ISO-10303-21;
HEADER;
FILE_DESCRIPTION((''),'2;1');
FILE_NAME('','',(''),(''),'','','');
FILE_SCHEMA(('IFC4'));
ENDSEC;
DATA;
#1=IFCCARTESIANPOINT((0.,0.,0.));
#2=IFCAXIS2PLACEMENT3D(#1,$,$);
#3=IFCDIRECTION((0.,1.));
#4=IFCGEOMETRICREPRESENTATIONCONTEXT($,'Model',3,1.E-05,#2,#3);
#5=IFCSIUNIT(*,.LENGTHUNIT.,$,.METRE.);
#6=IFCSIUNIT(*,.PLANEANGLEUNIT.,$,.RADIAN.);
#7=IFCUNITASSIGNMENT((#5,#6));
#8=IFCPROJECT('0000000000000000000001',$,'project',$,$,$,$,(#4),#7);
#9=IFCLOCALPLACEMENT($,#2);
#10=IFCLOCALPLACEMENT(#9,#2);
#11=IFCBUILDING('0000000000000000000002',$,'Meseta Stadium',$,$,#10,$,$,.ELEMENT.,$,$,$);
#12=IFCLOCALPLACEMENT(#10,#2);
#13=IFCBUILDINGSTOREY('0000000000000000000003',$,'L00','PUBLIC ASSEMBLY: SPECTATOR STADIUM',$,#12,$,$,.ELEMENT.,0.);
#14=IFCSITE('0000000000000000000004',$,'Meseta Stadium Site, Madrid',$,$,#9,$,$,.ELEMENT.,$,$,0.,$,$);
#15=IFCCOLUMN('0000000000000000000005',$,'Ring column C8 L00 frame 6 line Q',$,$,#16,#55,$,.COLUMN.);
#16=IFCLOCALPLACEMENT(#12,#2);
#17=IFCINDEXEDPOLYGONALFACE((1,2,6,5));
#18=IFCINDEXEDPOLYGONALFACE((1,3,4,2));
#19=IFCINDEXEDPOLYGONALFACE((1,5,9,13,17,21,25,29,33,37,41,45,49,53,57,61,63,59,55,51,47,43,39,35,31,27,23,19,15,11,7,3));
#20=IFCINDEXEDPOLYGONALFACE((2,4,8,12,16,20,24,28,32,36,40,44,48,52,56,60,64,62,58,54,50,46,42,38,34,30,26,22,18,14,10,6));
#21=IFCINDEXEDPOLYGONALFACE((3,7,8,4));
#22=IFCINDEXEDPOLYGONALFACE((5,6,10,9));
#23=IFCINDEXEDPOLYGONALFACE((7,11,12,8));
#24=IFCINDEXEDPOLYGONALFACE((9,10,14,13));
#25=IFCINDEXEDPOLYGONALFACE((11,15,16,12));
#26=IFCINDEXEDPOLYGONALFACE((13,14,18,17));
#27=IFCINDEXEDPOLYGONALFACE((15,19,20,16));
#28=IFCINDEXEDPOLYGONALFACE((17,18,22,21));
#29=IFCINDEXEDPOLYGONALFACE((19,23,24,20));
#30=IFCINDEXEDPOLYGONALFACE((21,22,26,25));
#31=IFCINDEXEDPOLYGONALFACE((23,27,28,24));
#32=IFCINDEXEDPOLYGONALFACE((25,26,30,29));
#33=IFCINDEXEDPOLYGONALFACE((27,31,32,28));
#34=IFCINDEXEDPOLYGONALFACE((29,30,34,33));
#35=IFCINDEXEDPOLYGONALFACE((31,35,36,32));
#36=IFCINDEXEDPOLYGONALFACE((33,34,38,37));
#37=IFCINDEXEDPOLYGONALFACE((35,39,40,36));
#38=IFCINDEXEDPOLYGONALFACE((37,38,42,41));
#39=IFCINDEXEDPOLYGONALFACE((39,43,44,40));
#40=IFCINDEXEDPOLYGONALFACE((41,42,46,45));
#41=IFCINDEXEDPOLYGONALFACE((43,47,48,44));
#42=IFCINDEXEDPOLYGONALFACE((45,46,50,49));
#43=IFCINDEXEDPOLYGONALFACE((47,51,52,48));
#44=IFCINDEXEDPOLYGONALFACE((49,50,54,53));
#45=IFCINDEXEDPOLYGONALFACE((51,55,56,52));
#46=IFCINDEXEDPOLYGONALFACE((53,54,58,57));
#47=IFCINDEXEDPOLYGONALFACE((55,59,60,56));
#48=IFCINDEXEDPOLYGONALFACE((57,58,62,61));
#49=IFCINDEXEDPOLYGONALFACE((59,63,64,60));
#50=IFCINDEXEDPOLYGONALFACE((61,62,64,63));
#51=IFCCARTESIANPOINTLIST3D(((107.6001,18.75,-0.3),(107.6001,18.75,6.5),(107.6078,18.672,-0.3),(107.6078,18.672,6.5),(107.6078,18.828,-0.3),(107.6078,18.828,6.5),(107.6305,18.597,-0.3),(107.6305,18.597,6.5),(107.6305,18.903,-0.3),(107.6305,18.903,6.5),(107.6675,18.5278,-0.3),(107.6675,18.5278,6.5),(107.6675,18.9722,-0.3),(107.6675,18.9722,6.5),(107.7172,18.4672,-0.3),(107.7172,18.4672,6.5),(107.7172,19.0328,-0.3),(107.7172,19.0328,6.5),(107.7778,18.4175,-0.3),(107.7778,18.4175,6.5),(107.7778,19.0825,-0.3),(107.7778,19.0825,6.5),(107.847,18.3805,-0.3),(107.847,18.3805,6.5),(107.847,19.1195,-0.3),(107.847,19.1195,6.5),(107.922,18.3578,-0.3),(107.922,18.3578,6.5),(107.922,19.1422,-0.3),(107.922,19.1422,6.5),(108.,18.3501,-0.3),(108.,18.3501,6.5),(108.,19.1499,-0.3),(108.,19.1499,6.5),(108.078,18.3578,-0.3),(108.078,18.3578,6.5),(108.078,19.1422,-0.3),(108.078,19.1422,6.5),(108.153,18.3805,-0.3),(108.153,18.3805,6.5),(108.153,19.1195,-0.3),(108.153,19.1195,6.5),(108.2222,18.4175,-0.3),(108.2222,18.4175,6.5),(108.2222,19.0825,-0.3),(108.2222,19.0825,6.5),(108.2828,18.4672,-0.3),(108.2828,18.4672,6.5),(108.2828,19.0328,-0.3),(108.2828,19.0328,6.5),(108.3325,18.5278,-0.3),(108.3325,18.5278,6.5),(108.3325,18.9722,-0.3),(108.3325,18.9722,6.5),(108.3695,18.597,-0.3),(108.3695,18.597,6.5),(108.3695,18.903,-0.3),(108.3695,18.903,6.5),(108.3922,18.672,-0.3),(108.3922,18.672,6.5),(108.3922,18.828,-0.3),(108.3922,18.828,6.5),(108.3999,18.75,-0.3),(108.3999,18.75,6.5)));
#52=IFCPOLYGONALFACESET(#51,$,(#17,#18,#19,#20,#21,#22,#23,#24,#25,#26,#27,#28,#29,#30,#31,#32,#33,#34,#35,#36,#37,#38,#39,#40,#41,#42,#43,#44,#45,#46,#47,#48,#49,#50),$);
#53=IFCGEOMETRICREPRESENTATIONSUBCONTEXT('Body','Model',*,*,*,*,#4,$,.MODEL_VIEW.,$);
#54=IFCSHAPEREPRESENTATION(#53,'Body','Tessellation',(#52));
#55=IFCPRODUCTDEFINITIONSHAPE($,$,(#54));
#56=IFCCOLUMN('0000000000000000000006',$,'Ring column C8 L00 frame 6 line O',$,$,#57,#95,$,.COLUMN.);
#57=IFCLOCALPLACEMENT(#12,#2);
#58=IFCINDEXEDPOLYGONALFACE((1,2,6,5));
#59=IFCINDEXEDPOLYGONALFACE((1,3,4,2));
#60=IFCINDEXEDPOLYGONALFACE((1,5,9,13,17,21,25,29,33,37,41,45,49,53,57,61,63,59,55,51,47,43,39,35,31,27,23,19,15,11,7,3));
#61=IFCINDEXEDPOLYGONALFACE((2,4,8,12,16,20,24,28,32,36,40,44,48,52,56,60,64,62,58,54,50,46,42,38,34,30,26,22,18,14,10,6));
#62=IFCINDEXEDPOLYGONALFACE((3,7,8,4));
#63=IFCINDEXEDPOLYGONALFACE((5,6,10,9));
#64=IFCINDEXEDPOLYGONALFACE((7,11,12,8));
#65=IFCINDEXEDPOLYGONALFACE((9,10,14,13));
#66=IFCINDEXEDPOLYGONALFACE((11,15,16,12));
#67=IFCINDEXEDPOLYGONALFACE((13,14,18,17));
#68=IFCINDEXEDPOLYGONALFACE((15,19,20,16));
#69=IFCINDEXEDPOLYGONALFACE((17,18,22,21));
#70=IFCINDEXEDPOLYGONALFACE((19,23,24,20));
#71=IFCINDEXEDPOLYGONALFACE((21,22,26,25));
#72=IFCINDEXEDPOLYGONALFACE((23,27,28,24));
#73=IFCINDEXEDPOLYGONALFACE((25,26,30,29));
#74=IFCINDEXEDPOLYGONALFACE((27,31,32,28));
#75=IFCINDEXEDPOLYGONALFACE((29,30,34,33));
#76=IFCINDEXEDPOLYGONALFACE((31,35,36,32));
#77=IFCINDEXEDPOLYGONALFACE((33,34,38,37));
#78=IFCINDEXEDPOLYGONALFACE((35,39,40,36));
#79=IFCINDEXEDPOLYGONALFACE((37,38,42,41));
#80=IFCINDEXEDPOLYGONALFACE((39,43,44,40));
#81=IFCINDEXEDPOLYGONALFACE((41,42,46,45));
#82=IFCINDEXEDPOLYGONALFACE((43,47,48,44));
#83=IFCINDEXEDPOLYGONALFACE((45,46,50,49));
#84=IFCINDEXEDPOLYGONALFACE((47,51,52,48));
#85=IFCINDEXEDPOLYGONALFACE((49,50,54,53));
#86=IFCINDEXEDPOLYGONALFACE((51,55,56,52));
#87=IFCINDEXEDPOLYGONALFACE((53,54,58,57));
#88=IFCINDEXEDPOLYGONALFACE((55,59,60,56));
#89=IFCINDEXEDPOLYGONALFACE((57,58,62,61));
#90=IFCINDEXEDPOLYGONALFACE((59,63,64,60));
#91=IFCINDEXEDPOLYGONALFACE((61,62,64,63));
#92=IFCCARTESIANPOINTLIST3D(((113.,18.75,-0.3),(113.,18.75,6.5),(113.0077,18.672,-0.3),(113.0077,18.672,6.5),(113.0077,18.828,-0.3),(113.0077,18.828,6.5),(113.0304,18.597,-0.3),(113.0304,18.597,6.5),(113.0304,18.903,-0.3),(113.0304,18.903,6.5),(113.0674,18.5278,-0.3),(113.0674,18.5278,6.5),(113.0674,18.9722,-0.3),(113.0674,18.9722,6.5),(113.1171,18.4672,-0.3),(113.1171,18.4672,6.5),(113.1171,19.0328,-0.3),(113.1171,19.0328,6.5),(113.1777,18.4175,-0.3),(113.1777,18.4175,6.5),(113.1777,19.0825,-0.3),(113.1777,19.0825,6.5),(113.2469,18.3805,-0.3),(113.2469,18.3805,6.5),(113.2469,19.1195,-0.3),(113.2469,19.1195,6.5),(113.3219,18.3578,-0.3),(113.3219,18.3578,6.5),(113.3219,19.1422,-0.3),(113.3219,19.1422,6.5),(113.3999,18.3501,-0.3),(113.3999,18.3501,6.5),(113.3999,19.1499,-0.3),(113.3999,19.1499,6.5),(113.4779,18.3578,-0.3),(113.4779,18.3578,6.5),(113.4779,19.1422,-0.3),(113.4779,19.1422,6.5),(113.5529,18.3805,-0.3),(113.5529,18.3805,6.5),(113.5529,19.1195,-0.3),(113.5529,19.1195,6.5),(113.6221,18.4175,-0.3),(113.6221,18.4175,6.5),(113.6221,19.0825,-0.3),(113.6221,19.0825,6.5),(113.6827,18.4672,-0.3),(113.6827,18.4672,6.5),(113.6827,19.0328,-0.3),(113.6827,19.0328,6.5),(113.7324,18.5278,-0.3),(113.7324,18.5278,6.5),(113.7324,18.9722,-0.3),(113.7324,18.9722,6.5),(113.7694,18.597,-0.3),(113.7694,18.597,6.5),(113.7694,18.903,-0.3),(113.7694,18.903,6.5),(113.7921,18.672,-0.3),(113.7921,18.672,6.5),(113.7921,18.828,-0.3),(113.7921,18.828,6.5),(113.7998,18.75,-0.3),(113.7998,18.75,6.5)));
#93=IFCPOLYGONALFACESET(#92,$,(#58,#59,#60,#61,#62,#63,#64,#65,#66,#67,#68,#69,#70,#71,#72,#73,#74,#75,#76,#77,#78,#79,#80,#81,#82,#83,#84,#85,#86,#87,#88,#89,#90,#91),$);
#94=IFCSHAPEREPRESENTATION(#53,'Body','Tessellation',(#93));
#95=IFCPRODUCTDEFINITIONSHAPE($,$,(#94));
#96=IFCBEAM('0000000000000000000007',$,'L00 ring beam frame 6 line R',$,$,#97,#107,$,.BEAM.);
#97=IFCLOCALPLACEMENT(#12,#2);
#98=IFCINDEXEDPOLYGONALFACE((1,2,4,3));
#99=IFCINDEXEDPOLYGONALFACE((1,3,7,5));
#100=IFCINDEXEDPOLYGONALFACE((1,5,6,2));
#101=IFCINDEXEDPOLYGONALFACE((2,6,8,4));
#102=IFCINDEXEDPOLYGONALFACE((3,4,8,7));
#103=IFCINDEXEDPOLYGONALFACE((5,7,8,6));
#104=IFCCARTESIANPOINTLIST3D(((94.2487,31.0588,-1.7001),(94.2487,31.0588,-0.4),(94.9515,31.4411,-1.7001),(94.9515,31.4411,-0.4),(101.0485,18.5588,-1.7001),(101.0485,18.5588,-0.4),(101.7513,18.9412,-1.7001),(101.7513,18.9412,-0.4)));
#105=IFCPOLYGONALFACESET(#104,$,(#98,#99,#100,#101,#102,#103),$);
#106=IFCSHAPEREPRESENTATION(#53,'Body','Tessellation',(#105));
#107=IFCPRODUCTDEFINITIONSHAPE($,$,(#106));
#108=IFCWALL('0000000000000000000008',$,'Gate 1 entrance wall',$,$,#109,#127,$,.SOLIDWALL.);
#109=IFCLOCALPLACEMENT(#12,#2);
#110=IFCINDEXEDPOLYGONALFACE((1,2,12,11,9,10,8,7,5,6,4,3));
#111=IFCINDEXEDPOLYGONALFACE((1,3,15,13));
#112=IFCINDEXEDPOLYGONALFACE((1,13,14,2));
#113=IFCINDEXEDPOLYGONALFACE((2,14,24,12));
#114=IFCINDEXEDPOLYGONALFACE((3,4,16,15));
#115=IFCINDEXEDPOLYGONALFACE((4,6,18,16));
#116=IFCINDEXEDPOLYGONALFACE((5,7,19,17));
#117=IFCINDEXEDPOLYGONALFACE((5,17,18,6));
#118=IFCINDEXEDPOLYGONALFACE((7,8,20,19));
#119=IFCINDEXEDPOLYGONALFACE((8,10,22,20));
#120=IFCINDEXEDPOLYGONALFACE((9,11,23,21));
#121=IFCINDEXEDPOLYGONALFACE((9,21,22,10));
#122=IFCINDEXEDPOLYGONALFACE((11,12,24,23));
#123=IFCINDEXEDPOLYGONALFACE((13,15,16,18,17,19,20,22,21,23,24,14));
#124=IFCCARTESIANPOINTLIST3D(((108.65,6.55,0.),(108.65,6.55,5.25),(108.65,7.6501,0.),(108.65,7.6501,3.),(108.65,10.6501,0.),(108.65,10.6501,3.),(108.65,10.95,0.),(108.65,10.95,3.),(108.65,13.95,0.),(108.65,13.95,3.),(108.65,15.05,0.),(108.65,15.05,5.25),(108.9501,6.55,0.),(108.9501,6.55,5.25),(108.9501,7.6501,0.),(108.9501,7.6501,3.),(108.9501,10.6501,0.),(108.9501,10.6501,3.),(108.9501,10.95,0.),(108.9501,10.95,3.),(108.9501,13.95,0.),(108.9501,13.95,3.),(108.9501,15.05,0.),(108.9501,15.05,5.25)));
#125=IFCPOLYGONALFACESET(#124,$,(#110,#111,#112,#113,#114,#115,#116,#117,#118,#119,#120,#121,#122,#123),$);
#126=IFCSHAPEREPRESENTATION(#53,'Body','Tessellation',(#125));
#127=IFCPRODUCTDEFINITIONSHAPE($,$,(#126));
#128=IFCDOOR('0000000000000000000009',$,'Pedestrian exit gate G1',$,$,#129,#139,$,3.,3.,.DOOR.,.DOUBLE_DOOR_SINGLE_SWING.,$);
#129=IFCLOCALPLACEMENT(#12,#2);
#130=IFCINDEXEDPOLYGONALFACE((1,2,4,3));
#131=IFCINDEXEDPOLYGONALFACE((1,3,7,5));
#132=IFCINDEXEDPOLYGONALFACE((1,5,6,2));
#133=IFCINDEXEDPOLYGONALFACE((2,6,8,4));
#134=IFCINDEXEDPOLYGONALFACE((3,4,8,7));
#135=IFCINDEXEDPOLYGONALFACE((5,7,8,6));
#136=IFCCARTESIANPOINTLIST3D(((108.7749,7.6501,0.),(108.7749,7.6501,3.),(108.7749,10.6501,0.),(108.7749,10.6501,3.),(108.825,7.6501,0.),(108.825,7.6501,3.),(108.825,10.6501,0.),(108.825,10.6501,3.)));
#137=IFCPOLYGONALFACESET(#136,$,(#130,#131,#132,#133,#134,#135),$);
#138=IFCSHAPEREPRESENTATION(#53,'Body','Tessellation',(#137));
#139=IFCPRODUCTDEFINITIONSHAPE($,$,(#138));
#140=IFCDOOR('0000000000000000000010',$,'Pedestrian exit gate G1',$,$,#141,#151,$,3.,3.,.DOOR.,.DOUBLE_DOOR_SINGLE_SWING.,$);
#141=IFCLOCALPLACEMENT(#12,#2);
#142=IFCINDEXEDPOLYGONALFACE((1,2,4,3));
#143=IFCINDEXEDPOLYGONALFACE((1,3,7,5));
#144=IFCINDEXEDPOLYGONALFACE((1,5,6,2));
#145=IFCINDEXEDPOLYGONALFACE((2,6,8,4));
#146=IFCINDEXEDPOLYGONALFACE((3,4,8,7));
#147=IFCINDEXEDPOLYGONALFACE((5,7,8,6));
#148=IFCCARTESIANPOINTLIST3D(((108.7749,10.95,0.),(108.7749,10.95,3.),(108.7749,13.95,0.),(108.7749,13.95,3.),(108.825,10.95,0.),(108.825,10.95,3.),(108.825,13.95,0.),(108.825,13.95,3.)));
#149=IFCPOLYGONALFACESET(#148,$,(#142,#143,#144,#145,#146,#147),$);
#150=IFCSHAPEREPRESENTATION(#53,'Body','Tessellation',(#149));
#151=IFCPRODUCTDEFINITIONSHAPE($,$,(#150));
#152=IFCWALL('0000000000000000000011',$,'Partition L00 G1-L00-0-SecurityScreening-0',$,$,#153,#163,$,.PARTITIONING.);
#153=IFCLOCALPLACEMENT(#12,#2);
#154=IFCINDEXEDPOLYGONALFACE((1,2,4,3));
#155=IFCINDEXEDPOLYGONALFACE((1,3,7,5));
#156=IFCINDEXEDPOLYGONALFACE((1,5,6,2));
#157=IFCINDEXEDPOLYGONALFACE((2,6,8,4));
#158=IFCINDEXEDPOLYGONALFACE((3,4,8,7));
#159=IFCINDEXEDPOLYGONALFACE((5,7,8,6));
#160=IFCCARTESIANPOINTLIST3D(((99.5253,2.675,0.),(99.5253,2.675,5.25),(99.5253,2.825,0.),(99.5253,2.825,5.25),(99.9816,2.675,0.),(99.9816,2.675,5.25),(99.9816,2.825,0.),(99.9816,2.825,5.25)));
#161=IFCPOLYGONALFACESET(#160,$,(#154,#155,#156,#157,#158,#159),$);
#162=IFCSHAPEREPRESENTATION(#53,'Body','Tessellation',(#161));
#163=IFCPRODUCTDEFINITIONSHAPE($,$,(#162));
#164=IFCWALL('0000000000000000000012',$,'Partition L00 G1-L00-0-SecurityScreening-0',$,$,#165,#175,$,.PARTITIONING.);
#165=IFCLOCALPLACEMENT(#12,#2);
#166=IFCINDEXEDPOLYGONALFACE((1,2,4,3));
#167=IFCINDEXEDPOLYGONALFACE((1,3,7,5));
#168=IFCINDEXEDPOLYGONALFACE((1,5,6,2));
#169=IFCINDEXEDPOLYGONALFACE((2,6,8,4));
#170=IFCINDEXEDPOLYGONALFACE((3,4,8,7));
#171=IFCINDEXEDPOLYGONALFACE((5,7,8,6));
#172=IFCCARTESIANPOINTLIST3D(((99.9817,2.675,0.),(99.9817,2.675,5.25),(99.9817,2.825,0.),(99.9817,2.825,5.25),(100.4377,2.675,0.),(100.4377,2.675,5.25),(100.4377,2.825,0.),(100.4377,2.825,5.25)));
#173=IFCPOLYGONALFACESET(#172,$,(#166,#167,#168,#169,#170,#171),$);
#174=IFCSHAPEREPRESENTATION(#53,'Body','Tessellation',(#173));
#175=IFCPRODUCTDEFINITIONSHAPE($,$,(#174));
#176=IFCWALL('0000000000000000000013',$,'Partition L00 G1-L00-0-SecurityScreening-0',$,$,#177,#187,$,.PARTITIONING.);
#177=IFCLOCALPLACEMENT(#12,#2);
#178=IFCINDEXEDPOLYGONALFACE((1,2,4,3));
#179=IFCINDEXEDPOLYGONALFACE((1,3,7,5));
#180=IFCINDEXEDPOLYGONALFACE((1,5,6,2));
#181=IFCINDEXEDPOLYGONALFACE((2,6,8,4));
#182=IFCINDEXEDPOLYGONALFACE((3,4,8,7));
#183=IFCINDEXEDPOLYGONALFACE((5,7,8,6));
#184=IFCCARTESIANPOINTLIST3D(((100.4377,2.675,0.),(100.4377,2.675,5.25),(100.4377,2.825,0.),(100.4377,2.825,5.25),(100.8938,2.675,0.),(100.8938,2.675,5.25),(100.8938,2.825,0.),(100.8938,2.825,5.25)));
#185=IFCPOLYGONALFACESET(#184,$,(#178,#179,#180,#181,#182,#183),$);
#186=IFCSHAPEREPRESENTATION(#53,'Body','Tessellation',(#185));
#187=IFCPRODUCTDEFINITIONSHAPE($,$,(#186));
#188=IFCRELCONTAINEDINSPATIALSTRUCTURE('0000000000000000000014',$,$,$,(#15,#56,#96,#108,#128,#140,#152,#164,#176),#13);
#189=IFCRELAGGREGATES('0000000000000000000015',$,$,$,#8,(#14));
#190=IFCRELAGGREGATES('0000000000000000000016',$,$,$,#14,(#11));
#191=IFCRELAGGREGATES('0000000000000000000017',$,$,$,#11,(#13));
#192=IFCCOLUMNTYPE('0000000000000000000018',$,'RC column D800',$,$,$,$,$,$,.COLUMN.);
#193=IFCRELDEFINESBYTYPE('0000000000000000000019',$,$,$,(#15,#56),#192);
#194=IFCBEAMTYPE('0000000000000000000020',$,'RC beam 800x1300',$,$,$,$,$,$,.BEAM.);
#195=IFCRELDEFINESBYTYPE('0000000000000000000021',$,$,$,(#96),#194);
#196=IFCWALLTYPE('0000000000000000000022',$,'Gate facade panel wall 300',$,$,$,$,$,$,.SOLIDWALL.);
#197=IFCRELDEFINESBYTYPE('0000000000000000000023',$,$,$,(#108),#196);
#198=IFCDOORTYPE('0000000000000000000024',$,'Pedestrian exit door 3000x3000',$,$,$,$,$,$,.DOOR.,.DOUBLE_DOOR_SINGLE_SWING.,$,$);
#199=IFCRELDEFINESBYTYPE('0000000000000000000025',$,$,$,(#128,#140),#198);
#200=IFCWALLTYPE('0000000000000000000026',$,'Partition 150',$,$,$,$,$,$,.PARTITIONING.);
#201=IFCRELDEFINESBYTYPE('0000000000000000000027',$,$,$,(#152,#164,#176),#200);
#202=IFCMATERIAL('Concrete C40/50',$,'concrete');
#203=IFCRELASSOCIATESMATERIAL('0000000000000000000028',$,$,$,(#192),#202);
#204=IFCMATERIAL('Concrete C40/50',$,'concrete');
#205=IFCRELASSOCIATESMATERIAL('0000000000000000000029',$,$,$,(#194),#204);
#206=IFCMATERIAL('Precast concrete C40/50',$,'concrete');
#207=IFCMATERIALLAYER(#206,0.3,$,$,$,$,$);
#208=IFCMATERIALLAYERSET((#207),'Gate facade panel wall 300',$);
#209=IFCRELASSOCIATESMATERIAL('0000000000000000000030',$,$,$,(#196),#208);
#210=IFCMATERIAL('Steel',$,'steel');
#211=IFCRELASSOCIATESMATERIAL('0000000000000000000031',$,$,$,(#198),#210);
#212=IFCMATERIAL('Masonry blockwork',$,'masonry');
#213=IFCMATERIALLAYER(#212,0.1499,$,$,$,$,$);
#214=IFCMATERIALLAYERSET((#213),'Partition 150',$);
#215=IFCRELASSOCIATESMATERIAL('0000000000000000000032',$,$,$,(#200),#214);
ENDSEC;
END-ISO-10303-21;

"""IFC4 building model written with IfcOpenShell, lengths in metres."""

from ifc_helpers import new_model, si_unit, direction, frame, frame_2d, origin, origin_2d, place, context, subcontext, project, spatial, rectangle, circle, extrude, material, layer, layer_set, material_profile, profile_set, type_object, element, fill, save


model = new_model("IFC4")

# Units and contexts
model_context = context("Model", 3, precision=1e-05, world=origin(), true_north=direction((0.0, 1.0)))
body_context = subcontext(model_context, "Body", "Model", "MODEL_VIEW")
ifc_project = project(units=[si_unit("LENGTHUNIT", "METRE"), si_unit("PLANEANGLEUNIT", "RADIAN")], contexts=[model_context])

# Site, building, storey
site_placement = place(None, origin())
site = spatial("IfcSite", under=ifc_project, at=site_placement, Name="Meseta Stadium Site, Madrid", CompositionType="ELEMENT", RefElevation=0.0)
building_placement = place(site_placement, origin())
building = spatial("IfcBuilding", under=site, at=building_placement, Name="Meseta Stadium", CompositionType="ELEMENT")
storey_placement = place(building_placement, origin())
storey = spatial("IfcBuildingStorey", under=building, at=storey_placement, Name="L00", Description="PUBLIC ASSEMBLY: SPECTATOR STADIUM", CompositionType="ELEMENT", Elevation=0.0)

# Columns
ifc_material_1 = material(Name="Concrete C40/50", Category="concrete")
ifc_material_profile_1 = material_profile(ifc_material_1, circle(Radius=0.3999, at=origin_2d()), Name="RC D800")
ifc_profile_set_1 = profile_set([ifc_material_profile_1], Name="Concrete C40/50")
column_type_1 = type_object("IfcColumnType", Name="RC column D800", PredefinedType="COLUMN", material=ifc_profile_set_1)
for number, where, z_axis, x_axis, name in (
    (1, (108.0, 18.75, -0.3), (0.0, 0.0, 1.0), (1.0, 0.0, 0.0), "Ring column C8 L00 frame 6 line Q"),
    (2, (113.3999, 18.75, -0.3), (0.0, 0.0, 1.0), (1.0, 0.0, 0.0), "Ring column C8 L00 frame 6 line O"),
):
    element("IfcColumn", number, at=place(storey_placement, frame(where, z_axis=z_axis, x_axis=x_axis)), inside=storey, type_object=column_type_1, Name=name, PredefinedType="COLUMN", context=body_context, shape_type="SweptSolid", body=[
        extrude(circle(Radius=0.3999, at=origin_2d()), origin(), (0.0, 0.0, 1.0), 6.8),
    ])

# Beam
ifc_material_2 = material(Name="Concrete C40/50", Category="concrete")
ifc_material_profile_2 = material_profile(ifc_material_2, rectangle(XDim=0.8, YDim=1.3, at=origin_2d()), Name="RC 800x1300")
ifc_profile_set_2 = profile_set([ifc_material_profile_2], Name="Concrete C40/50")
beam_type = type_object("IfcBeamType", Name="RC beam 800x1300", PredefinedType="BEAM", material=ifc_profile_set_2)
beam_placement = place(storey_placement, frame((101.3999, 18.75, -1.05), z_axis=(-0.477856, 0.878438, 0.0), x_axis=(-0.878438, -0.477856, 0.0)))
element("IfcBeam", 3, at=beam_placement, inside=storey, type_object=beam_type, Name="L00 ring beam frame 6 line R", PredefinedType="BEAM", context=body_context, shape_type="SweptSolid", body=[
    extrude(rectangle(XDim=0.8, YDim=1.3, at=origin_2d()), origin(), (0.0, 0.0, 1.0), 14.2297),
])

# Shared definitions
ifc_material_3 = material(Name="Precast concrete C40/50", Category="concrete")
ifc_layer_1 = layer(ifc_material_3, 0.3)
ifc_layer_set_1 = layer_set([ifc_layer_1], Name="Gate facade panel wall 300")
wall_type_1 = type_object("IfcWallType", Name="Gate facade panel wall 300", PredefinedType="SOLIDWALL", material=ifc_layer_set_1)

# Wall, openings, doors
wall_1_placement = place(storey_placement, frame((108.8, 15.05, 0.0), z_axis=(0.0, 0.0, 1.0), x_axis=(0.0, -1.0, 0.0)))
wall_1 = element("IfcWall", 4, at=wall_1_placement, inside=storey, type_object=wall_type_1, Name="Gate 1 entrance wall", PredefinedType="SOLIDWALL", context=body_context, shape_type="SweptSolid", body=[
    extrude(rectangle(XDim=8.5, YDim=0.3, at=frame_2d((4.25, 0.0))), origin(), (0.0, 0.0, 1.0), 5.25),
])
opening_1_placement = place(wall_1_placement, frame((4.3999, 0.0, 0.0)))
opening_1 = element("IfcOpeningElement", 5, at=opening_1_placement, cuts=wall_1, PredefinedType="OPENING", context=body_context, shape_type="SweptSolid", body=[
    extrude(rectangle(XDim=3.0, YDim=3.0, at=frame_2d((1.5, 1.5))), frame((0.0, 0.1599, 0.0), z_axis=(0.0, -1.0, 0.0), x_axis=(1.0, 0.0, 0.0)), (0.0, 0.0, 1.0), 0.3201),
])
opening_2_placement = place(wall_1_placement, frame((1.1001, 0.0, 0.0)))
opening_2 = element("IfcOpeningElement", 6, at=opening_2_placement, cuts=wall_1, PredefinedType="OPENING", context=body_context, shape_type="SweptSolid", body=[
    extrude(rectangle(XDim=3.0, YDim=3.0, at=frame_2d((1.5, 1.5))), frame((0.0, 0.1599, 0.0), z_axis=(0.0, -1.0, 0.0), x_axis=(1.0, 0.0, 0.0)), (0.0, 0.0, 1.0), 0.3201),
])
ifc_material_4 = material(Name="Steel", Category="steel")
door_type_1 = type_object("IfcDoorType", Name="Pedestrian exit door 3000x3000", OperationType="DOUBLE_DOOR_SINGLE_SWING", PredefinedType="DOOR", material=ifc_material_4)
door_1_placement = place(opening_1_placement, origin())
door_1 = element("IfcDoor", 7, at=door_1_placement, inside=storey, type_object=door_type_1, Name="Pedestrian exit gate G1", OperationType="DOUBLE_DOOR_SINGLE_SWING", OverallHeight=3.0, OverallWidth=3.0, PredefinedType="DOOR", context=body_context, shape_type="SweptSolid", body=[
    extrude(rectangle(XDim=3.0, YDim=3.0, at=frame_2d((1.5, 1.5))), frame((0.0, 0.0249, 0.0), z_axis=(0.0, -1.0, 0.0), x_axis=(1.0, 0.0, 0.0)), (0.0, 0.0, 1.0), 0.05),
])
fill(opening_1, door_1)
door_2_placement = place(opening_2_placement, origin())
door_2 = element("IfcDoor", 8, at=door_2_placement, inside=storey, type_object=door_type_1, Name="Pedestrian exit gate G1", OperationType="DOUBLE_DOOR_SINGLE_SWING", OverallHeight=3.0, OverallWidth=3.0, PredefinedType="DOOR", context=body_context, shape_type="SweptSolid", body=[
    extrude(rectangle(XDim=3.0, YDim=3.0, at=frame_2d((1.5, 1.5))), frame((0.0, 0.0249, 0.0), z_axis=(0.0, -1.0, 0.0), x_axis=(1.0, 0.0, 0.0)), (0.0, 0.0, 1.0), 0.05),
])
fill(opening_2, door_2)

# Walls
ifc_material_5 = material(Name="Masonry blockwork", Category="masonry")
ifc_layer_2 = layer(ifc_material_5, 0.1499)
ifc_layer_set_2 = layer_set([ifc_layer_2], Name="Partition 150")
wall_type_2 = type_object("IfcWallType", Name="Partition 150", PredefinedType="PARTITIONING", material=ifc_layer_set_2)
wall_2_placement = place(storey_placement, frame((99.5254, 2.75, 0.0), z_axis=(0.0, 0.0, 1.0), x_axis=(1.0, 0.0, 0.0)))
element("IfcWall", 9, at=wall_2_placement, inside=storey, type_object=wall_type_2, Name="Partition L00 G1-L00-0-SecurityScreening-0", PredefinedType="PARTITIONING", context=body_context, shape_type="SweptSolid", body=[
    extrude(rectangle(XDim=0.4563, YDim=0.1499, at=frame_2d((0.228, 0.0))), origin(), (0.0, 0.0, 1.0), 5.25),
])
for number, where, z_axis, x_axis, name in (
    (10, (99.9817, 2.75, 0.0), (0.0, 0.0, 1.0), (1.0, 0.0, 0.0), "Partition L00 G1-L00-0-SecurityScreening-0"),
    (11, (100.4377, 2.75, 0.0), (0.0, 0.0, 1.0), (1.0, 0.0, 0.0), "Partition L00 G1-L00-0-SecurityScreening-0"),
):
    element("IfcWall", number, at=place(storey_placement, frame(where, z_axis=z_axis, x_axis=x_axis)), inside=storey, type_object=wall_type_2, Name=name, PredefinedType="PARTITIONING", context=body_context, shape_type="SweptSolid", body=[
        extrude(rectangle(XDim=0.4561, YDim=0.1499, at=frame_2d((0.228, 0.0))), origin(), (0.0, 0.0, 1.0), 5.25),
    ])

save(model, "model.ifc")
